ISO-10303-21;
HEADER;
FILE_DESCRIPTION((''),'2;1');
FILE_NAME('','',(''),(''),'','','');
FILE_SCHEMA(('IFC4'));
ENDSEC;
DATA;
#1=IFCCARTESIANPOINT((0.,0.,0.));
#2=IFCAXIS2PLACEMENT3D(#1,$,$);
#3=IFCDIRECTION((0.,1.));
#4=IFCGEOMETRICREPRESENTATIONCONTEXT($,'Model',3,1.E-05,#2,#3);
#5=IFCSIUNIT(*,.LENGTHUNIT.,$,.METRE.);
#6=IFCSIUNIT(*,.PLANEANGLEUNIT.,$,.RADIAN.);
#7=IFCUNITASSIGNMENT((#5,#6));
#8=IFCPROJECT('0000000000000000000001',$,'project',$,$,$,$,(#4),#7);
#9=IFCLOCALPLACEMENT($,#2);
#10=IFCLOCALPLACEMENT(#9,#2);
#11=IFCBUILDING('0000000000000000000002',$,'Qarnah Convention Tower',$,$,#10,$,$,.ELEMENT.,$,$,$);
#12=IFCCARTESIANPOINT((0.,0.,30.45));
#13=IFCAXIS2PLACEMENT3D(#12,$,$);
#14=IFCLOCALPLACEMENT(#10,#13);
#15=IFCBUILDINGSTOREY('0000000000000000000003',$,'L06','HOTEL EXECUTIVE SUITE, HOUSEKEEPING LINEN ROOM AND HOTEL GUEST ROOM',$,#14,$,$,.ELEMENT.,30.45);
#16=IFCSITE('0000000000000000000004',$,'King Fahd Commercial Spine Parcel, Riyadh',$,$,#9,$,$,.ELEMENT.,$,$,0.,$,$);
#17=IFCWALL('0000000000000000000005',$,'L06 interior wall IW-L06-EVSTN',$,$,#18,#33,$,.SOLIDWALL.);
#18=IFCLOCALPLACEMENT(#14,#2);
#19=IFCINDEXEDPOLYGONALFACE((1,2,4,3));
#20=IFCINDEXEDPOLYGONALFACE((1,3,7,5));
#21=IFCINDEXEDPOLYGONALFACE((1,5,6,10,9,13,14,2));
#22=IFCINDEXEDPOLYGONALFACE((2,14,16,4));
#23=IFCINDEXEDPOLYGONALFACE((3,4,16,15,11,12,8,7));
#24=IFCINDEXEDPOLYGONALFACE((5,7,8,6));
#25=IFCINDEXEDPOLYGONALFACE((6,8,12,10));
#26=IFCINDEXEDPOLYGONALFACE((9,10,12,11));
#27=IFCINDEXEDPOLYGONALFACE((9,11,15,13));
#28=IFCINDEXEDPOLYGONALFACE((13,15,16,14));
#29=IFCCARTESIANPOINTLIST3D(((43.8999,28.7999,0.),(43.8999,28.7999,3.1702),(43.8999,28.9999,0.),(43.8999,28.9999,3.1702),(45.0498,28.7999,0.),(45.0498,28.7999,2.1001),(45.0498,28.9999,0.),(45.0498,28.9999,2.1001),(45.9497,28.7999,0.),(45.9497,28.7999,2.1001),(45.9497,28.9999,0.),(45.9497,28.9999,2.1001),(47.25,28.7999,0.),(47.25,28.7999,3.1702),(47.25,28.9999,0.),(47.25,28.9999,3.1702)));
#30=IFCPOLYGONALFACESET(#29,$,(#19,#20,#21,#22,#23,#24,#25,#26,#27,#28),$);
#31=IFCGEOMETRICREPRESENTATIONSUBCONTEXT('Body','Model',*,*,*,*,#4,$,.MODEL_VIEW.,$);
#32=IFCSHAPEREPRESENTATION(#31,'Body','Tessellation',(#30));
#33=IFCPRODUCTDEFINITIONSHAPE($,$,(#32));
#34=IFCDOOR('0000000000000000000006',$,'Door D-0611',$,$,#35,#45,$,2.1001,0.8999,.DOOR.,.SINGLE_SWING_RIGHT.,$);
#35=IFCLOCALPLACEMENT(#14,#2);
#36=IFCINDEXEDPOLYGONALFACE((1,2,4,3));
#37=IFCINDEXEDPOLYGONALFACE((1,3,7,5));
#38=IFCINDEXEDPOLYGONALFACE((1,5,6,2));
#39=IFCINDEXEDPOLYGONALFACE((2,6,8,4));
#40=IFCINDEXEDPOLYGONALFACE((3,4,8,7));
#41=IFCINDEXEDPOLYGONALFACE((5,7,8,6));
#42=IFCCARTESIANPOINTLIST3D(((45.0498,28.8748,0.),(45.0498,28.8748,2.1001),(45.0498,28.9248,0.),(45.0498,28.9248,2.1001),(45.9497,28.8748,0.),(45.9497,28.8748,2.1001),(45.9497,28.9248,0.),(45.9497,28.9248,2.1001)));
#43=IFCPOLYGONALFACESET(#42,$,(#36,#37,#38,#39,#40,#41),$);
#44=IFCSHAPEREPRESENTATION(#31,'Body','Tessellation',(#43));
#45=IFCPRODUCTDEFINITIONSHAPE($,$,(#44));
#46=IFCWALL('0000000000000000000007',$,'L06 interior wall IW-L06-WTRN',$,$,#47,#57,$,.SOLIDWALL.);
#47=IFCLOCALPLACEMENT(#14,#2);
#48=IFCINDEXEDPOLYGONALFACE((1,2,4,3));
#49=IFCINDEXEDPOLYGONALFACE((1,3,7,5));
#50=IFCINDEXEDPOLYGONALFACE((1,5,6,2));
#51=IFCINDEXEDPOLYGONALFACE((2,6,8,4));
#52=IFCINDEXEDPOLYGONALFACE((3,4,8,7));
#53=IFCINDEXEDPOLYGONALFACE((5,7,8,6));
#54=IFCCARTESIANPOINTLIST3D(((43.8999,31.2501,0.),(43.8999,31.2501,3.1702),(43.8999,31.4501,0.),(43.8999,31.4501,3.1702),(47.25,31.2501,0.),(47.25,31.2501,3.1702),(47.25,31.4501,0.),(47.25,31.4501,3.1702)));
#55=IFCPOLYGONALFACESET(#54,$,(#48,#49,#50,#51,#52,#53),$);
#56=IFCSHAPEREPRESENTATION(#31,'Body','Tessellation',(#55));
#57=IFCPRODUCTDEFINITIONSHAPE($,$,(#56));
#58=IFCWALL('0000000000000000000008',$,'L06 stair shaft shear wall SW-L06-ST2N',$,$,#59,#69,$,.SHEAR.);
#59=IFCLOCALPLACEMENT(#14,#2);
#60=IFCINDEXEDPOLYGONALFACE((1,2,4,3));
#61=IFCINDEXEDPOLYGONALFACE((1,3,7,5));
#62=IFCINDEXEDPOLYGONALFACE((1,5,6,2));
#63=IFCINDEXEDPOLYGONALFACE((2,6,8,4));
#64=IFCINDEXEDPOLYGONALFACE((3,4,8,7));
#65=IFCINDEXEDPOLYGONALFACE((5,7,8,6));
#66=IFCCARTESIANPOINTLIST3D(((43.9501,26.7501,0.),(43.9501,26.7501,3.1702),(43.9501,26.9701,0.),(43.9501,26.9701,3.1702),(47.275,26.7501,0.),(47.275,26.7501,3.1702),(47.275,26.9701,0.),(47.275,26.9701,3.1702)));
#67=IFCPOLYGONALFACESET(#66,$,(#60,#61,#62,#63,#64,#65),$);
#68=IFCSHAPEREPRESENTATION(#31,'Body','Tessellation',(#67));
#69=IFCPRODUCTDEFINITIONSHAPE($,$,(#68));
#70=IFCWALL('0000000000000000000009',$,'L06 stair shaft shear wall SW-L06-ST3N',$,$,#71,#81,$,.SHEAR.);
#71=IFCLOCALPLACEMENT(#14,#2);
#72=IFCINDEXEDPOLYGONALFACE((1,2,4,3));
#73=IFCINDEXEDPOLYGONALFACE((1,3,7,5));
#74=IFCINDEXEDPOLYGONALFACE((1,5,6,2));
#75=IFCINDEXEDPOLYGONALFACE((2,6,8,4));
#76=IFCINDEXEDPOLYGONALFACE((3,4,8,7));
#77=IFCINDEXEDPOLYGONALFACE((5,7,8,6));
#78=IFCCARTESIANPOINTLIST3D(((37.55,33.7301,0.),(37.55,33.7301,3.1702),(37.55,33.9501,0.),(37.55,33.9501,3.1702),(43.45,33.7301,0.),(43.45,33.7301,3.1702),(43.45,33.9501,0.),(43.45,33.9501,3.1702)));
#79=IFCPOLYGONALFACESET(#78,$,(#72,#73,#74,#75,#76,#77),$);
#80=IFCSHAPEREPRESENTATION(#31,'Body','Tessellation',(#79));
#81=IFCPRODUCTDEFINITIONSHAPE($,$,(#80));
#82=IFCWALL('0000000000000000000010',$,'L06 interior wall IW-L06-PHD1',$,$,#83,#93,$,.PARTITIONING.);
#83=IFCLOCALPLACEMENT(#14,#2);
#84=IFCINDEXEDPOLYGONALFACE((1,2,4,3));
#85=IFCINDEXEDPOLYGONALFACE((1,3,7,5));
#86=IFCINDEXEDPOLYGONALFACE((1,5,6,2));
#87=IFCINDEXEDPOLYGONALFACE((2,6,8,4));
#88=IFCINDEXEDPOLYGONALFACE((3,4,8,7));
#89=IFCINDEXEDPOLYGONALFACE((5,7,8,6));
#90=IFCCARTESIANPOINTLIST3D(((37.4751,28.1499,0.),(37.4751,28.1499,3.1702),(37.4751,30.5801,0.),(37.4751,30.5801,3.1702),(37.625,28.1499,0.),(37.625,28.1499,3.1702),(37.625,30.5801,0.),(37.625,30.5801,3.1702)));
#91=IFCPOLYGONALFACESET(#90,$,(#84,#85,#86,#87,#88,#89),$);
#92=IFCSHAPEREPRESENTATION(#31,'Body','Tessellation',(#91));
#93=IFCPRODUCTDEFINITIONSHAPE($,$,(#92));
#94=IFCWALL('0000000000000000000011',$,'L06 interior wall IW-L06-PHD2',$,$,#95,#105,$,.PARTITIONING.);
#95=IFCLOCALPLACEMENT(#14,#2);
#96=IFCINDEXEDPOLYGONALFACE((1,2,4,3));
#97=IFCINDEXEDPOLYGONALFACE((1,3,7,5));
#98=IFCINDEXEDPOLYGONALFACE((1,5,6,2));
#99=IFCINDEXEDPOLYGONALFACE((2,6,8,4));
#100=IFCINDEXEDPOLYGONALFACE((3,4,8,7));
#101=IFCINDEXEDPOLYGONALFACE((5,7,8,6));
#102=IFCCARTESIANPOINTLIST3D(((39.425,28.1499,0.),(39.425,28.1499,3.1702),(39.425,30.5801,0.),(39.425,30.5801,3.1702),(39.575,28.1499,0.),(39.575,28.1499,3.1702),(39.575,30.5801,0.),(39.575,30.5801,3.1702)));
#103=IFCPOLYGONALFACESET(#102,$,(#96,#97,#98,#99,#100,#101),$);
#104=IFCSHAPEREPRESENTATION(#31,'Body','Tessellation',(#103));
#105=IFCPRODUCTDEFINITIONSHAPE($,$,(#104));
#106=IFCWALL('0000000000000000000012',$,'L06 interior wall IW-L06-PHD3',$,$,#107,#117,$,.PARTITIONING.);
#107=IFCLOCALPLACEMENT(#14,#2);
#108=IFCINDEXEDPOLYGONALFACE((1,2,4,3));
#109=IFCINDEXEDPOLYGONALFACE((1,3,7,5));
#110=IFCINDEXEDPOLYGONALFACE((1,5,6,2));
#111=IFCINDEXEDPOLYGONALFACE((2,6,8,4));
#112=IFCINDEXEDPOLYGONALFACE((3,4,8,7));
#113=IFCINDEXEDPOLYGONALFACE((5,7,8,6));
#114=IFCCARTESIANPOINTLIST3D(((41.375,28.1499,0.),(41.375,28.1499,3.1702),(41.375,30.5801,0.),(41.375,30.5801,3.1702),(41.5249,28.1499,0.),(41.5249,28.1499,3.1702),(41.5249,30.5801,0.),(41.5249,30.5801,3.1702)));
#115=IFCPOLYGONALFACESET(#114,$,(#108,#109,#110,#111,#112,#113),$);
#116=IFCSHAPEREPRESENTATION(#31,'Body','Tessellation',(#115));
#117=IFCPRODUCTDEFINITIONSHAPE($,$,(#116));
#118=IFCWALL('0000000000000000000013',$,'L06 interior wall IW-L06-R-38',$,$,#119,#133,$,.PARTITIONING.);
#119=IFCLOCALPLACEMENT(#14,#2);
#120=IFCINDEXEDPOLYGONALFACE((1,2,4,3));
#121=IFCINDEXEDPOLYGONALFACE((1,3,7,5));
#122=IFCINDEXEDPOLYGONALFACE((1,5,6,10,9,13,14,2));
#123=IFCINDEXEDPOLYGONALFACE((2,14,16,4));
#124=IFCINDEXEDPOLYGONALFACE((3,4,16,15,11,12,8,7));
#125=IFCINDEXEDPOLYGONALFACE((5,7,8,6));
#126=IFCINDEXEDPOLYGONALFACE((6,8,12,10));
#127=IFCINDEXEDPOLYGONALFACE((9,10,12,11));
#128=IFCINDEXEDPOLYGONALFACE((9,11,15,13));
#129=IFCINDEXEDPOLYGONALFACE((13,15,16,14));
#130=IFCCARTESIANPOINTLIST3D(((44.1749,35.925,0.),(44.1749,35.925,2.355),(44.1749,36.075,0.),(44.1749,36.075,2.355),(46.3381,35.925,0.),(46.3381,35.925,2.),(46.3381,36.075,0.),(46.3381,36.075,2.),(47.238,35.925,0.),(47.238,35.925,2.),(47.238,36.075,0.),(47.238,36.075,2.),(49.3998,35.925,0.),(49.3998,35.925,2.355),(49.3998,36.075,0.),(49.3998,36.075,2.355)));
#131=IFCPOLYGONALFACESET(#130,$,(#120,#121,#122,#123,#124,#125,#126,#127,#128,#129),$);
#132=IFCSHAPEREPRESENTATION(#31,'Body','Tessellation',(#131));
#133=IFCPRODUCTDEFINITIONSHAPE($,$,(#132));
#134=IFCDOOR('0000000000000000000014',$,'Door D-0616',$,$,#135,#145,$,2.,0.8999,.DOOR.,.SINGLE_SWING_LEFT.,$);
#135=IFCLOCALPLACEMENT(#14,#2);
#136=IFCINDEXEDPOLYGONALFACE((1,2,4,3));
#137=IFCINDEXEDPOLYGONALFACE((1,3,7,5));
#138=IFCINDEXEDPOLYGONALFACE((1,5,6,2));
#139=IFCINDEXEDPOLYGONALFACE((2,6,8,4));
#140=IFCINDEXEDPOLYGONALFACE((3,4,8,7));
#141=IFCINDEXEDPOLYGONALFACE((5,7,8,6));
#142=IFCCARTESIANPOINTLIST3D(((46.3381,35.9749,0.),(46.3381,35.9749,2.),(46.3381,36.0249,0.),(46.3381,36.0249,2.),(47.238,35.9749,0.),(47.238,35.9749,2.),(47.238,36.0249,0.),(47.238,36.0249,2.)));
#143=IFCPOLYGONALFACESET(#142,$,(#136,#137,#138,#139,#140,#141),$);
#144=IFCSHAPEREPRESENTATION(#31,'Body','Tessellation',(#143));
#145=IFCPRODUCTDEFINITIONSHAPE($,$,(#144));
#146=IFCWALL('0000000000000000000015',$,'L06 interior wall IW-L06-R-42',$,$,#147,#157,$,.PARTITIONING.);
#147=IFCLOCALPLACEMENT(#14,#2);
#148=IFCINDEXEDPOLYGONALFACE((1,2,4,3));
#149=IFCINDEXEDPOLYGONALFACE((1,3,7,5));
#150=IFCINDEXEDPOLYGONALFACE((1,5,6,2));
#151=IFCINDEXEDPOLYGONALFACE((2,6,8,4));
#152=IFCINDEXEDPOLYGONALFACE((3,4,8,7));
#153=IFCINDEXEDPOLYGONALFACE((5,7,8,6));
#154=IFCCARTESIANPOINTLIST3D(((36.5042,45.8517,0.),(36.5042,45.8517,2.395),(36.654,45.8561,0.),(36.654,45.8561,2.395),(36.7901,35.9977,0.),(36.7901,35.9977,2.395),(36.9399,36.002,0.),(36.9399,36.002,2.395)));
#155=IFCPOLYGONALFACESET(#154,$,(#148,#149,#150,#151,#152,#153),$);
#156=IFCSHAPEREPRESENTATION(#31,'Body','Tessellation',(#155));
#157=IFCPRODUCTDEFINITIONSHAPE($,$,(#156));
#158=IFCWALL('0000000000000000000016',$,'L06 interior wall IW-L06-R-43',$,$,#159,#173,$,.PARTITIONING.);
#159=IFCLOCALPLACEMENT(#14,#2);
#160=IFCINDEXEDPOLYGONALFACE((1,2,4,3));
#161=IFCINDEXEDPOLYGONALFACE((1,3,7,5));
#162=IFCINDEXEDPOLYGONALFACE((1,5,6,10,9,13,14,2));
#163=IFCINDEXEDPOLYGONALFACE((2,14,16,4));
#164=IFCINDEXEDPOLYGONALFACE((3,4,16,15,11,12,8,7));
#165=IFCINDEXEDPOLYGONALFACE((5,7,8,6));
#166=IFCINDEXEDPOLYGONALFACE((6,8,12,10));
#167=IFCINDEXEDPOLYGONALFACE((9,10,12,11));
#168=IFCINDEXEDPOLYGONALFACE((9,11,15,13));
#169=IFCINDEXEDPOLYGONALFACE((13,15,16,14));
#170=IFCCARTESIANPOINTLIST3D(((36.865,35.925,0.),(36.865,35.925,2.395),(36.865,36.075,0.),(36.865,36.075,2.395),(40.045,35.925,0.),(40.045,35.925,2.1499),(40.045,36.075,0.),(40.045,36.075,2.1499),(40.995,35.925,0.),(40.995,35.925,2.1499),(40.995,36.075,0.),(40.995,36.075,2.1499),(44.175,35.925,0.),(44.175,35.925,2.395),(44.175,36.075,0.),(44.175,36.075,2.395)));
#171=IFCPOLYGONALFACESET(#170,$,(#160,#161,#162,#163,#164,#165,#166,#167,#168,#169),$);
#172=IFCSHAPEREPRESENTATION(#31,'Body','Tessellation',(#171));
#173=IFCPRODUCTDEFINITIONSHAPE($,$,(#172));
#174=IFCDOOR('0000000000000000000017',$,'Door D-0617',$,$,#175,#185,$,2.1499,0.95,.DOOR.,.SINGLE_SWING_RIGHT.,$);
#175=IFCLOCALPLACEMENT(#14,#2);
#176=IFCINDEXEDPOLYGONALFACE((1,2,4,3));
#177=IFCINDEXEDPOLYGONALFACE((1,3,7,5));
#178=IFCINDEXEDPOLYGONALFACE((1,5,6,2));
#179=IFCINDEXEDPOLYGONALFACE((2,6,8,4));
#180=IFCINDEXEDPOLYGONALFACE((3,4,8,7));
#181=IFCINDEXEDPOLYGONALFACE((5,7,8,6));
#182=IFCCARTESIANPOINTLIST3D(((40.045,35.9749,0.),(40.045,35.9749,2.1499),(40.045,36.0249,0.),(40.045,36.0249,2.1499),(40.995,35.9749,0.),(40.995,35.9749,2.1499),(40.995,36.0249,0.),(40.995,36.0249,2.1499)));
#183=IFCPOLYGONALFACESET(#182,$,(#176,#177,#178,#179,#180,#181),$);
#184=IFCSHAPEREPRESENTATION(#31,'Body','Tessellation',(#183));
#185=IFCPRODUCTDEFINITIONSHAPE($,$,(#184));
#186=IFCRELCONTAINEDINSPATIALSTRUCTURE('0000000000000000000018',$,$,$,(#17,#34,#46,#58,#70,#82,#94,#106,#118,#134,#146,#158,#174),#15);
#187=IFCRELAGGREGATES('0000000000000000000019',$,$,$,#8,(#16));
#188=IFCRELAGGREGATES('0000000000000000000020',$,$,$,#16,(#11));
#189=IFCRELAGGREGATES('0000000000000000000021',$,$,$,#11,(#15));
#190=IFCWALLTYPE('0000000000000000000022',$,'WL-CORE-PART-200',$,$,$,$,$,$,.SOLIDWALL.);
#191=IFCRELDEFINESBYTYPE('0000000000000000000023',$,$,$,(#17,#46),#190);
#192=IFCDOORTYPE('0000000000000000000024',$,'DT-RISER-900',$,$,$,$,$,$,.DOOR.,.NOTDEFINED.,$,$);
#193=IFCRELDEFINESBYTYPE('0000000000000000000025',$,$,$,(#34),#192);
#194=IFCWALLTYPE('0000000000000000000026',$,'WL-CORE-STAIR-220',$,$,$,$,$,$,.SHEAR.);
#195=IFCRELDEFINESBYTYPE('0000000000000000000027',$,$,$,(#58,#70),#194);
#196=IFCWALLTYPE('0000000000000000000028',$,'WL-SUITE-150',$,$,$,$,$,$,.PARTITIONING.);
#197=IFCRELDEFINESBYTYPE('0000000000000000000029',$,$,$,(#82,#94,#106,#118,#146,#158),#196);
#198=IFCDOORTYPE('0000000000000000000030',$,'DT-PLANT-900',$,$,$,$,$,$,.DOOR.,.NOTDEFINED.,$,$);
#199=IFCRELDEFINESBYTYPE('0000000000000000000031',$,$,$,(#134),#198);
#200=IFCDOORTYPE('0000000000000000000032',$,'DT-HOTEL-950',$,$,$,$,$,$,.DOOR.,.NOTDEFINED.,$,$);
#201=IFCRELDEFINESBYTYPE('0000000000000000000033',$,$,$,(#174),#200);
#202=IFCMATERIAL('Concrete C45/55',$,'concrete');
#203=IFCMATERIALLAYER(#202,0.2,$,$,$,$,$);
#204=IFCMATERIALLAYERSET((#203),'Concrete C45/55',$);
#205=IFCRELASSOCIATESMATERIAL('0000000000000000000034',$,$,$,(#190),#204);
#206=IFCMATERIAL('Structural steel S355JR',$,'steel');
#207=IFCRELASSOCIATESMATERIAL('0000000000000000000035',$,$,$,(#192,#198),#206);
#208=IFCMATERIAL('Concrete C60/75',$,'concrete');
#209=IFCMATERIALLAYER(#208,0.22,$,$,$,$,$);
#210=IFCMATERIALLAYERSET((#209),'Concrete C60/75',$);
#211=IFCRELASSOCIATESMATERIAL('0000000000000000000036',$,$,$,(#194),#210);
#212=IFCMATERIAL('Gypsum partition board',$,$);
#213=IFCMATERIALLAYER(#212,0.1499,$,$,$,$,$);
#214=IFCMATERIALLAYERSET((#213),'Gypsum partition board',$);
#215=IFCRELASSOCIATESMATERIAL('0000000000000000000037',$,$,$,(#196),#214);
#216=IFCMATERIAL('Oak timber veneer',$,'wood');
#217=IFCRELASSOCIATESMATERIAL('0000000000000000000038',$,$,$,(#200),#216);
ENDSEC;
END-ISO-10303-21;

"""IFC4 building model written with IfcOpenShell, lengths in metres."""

from ifc_helpers import new_model, si_unit, direction, frame, frame_2d, origin, place, context, subcontext, project, spatial, rectangle, extrude, material, layer, layer_set, type_object, element, fill, save


model = new_model("IFC4")

# Units and contexts
model_context = context("Model", 3, precision=1e-05, world=origin(), true_north=direction((0.0, 1.0)))
body_context = subcontext(model_context, "Body", "Model", "MODEL_VIEW")
ifc_project = project(units=[si_unit("LENGTHUNIT", "METRE"), si_unit("PLANEANGLEUNIT", "RADIAN")], contexts=[model_context])

# Site, building, storey
site_placement = place(None, origin())
site = spatial("IfcSite", under=ifc_project, at=site_placement, Name="King Fahd Commercial Spine Parcel, Riyadh", CompositionType="ELEMENT", RefElevation=0.0)
building_placement = place(site_placement, origin())
building = spatial("IfcBuilding", under=site, at=building_placement, Name="Qarnah Convention Tower", CompositionType="ELEMENT")
storey_placement = place(building_placement, frame((0.0, 0.0, 30.45)))
storey = spatial("IfcBuildingStorey", under=building, at=storey_placement, Name="L06", Description="HOTEL EXECUTIVE SUITE, HOUSEKEEPING LINEN ROOM AND HOTEL GUEST ROOM", CompositionType="ELEMENT", Elevation=30.45)

# Shared definitions
ifc_material_1 = material(Name="Concrete C60/75", Category="concrete")

# Shared definitions
ifc_material_2 = material(Name="Structural steel S355JR", Category="steel")

# Wall, opening, door
ifc_material_3 = material(Name="Concrete C45/55", Category="concrete")
ifc_layer_1 = layer(ifc_material_3, 0.2)
ifc_layer_set_1 = layer_set([ifc_layer_1], Name="Concrete C45/55")
wall_type_1 = type_object("IfcWallType", Name="WL-CORE-PART-200", PredefinedType="SOLIDWALL", material=ifc_layer_set_1)
wall_1_placement = place(storey_placement, frame((43.8999, 28.8999, 0.0), z_axis=(0.0, 0.0, 1.0), x_axis=(1.0, 0.0, 0.0)))
wall_1 = element("IfcWall", 1, at=wall_1_placement, inside=storey, type_object=wall_type_1, Name="L06 interior wall IW-L06-EVSTN", PredefinedType="SOLIDWALL", context=body_context, shape_type="SweptSolid", body=[
    extrude(rectangle(XDim=3.3501, YDim=0.2, at=frame_2d((1.675, 0.0))), origin(), (0.0, 0.0, 1.0), 3.1702),
])
opening_1_placement = place(wall_1_placement, frame((1.1499, 0.0, 0.0)))
opening_1 = element("IfcOpeningElement", 2, at=opening_1_placement, cuts=wall_1, PredefinedType="OPENING", context=body_context, shape_type="SweptSolid", body=[
    extrude(rectangle(XDim=0.8999, YDim=2.1001, at=frame_2d((0.45, 1.05))), frame((0.0, 0.1099, 0.0), z_axis=(0.0, -1.0, 0.0), x_axis=(1.0, 0.0, 0.0)), (0.0, 0.0, 1.0), 0.22),
])
door_type_1 = type_object("IfcDoorType", Name="DT-RISER-900", OperationType="NOTDEFINED", PredefinedType="DOOR", material=ifc_material_2)
door_1_placement = place(opening_1_placement, origin())
door_1 = element("IfcDoor", 3, at=door_1_placement, inside=storey, type_object=door_type_1, Name="Door D-0611", OperationType="SINGLE_SWING_RIGHT", OverallHeight=2.1001, OverallWidth=0.8999, PredefinedType="DOOR", context=body_context, shape_type="SweptSolid", body=[
    extrude(rectangle(XDim=0.8999, YDim=2.1001, at=frame_2d((0.45, 1.05))), frame((0.0, 0.0249, 0.0), z_axis=(0.0, -1.0, 0.0), x_axis=(1.0, 0.0, 0.0)), (0.0, 0.0, 1.0), 0.05),
])
fill(opening_1, door_1)

# Walls
wall_2_placement = place(storey_placement, frame((43.8999, 31.3501, 0.0), z_axis=(0.0, 0.0, 1.0), x_axis=(1.0, 0.0, 0.0)))
element("IfcWall", 4, at=wall_2_placement, inside=storey, type_object=wall_type_1, Name="L06 interior wall IW-L06-WTRN", PredefinedType="SOLIDWALL", context=body_context, shape_type="SweptSolid", body=[
    extrude(rectangle(XDim=3.3501, YDim=0.2, at=frame_2d((1.675, 0.0))), origin(), (0.0, 0.0, 1.0), 3.1702),
])
ifc_layer_2 = layer(ifc_material_1, 0.22)
ifc_layer_set_2 = layer_set([ifc_layer_2], Name="Concrete C60/75")
wall_type_2 = type_object("IfcWallType", Name="WL-CORE-STAIR-220", PredefinedType="SHEAR", material=ifc_layer_set_2)
wall_3_placement = place(storey_placement, frame((43.95, 26.8601, 0.0), z_axis=(0.0, 0.0, 1.0), x_axis=(1.0, 0.0, 0.0)))
element("IfcWall", 5, at=wall_3_placement, inside=storey, type_object=wall_type_2, Name="L06 stair shaft shear wall SW-L06-ST2N", PredefinedType="SHEAR", context=body_context, shape_type="SweptSolid", body=[
    extrude(rectangle(XDim=3.325, YDim=0.22, at=frame_2d((1.6626, 0.0))), origin(), (0.0, 0.0, 1.0), 3.1702),
])
wall_4_placement = place(storey_placement, frame((37.55, 33.8401, 0.0), z_axis=(0.0, 0.0, 1.0), x_axis=(1.0, 0.0, 0.0)))
element("IfcWall", 6, at=wall_4_placement, inside=storey, type_object=wall_type_2, Name="L06 stair shaft shear wall SW-L06-ST3N", PredefinedType="SHEAR", context=body_context, shape_type="SweptSolid", body=[
    extrude(rectangle(XDim=5.8999, YDim=0.22, at=frame_2d((2.95, 0.0))), origin(), (0.0, 0.0, 1.0), 3.1702),
])
ifc_material_4 = material(Name="Gypsum partition board")
ifc_layer_3 = layer(ifc_material_4, 0.1499)
ifc_layer_set_3 = layer_set([ifc_layer_3], Name="Gypsum partition board")
wall_type_3 = type_object("IfcWallType", Name="WL-SUITE-150", PredefinedType="PARTITIONING", material=ifc_layer_set_3)
for number, where, z_axis, x_axis, name in (
    (7, (37.55, 28.1499, 0.0), (0.0, 0.0, 1.0), (0.0, 1.0, 0.0), "L06 interior wall IW-L06-PHD1"),
    (8, (39.5, 28.1499, 0.0), (0.0, 0.0, 1.0), (0.0, 1.0, 0.0), "L06 interior wall IW-L06-PHD2"),
    (9, (41.45, 28.1499, 0.0), (0.0, 0.0, 1.0), (0.0, 1.0, 0.0), "L06 interior wall IW-L06-PHD3"),
):
    element("IfcWall", number, at=place(storey_placement, frame(where, z_axis=z_axis, x_axis=x_axis)), inside=storey, type_object=wall_type_3, Name=name, PredefinedType="PARTITIONING", context=body_context, shape_type="SweptSolid", body=[
        extrude(rectangle(XDim=2.4302, YDim=0.1499, at=frame_2d((1.2151, 0.0))), origin(), (0.0, 0.0, 1.0), 3.1702),
    ])

# Wall, opening, door
wall_5_placement = place(storey_placement, frame((44.175, 36.0, 0.0), z_axis=(0.0, 0.0, 1.0), x_axis=(1.0, 0.0, 0.0)))
wall_5 = element("IfcWall", 10, at=wall_5_placement, inside=storey, type_object=wall_type_3, Name="L06 interior wall IW-L06-R-38", PredefinedType="PARTITIONING", context=body_context, shape_type="SweptSolid", body=[
    extrude(rectangle(XDim=5.2249, YDim=0.1499, at=frame_2d((2.6123, 0.0))), origin(), (0.0, 0.0, 1.0), 2.355),
])
opening_2_placement = place(wall_5_placement, frame((2.1631, 0.0, 0.0)))
opening_2 = element("IfcOpeningElement", 11, at=opening_2_placement, cuts=wall_5, PredefinedType="OPENING", context=body_context, shape_type="SweptSolid", body=[
    extrude(rectangle(XDim=0.8999, YDim=2.0, at=frame_2d((0.45, 1.0))), frame((0.0, 0.085, 0.0), z_axis=(0.0, -1.0, 0.0), x_axis=(1.0, 0.0, 0.0)), (0.0, 0.0, 1.0), 0.1699),
])
door_type_2 = type_object("IfcDoorType", Name="DT-PLANT-900", OperationType="NOTDEFINED", PredefinedType="DOOR", material=ifc_material_2)
door_2_placement = place(opening_2_placement, origin())
door_2 = element("IfcDoor", 12, at=door_2_placement, inside=storey, type_object=door_type_2, Name="Door D-0616", OperationType="SINGLE_SWING_LEFT", OverallHeight=2.0, OverallWidth=0.8999, PredefinedType="DOOR", context=body_context, shape_type="SweptSolid", body=[
    extrude(rectangle(XDim=0.8999, YDim=2.0, at=frame_2d((0.45, 1.0))), frame((0.0, 0.0249, 0.0), z_axis=(0.0, -1.0, 0.0), x_axis=(1.0, 0.0, 0.0)), (0.0, 0.0, 1.0), 0.05),
])
fill(opening_2, door_2)

# Wall
wall_6_placement = place(storey_placement, frame((36.5791, 45.854, 0.0), z_axis=(0.0, 0.0, 1.0), x_axis=(0.029, -0.999579, 0.0)))
element("IfcWall", 13, at=wall_6_placement, inside=storey, type_object=wall_type_3, Name="L06 interior wall IW-L06-R-42", PredefinedType="PARTITIONING", context=body_context, shape_type="SweptSolid", body=[
    extrude(rectangle(XDim=9.8582, YDim=0.1499, at=frame_2d((4.9292, 0.0))), origin(), (0.0, 0.0, 1.0), 2.395),
])

# Wall, opening, door
wall_7_placement = place(storey_placement, frame((36.865, 36.0, 0.0), z_axis=(0.0, 0.0, 1.0), x_axis=(1.0, 0.0, 0.0)))
wall_7 = element("IfcWall", 14, at=wall_7_placement, inside=storey, type_object=wall_type_3, Name="L06 interior wall IW-L06-R-43", PredefinedType="PARTITIONING", context=body_context, shape_type="SweptSolid", body=[
    extrude(rectangle(XDim=7.3101, YDim=0.1499, at=frame_2d((3.655, 0.0))), origin(), (0.0, 0.0, 1.0), 2.395),
])
opening_3_placement = place(wall_7_placement, frame((3.1799, 0.0, 0.0)))
opening_3 = element("IfcOpeningElement", 15, at=opening_3_placement, cuts=wall_7, PredefinedType="OPENING", context=body_context, shape_type="SweptSolid", body=[
    extrude(rectangle(XDim=0.95, YDim=2.1499, at=frame_2d((0.4751, 1.075))), frame((0.0, 0.085, 0.0), z_axis=(0.0, -1.0, 0.0), x_axis=(1.0, 0.0, 0.0)), (0.0, 0.0, 1.0), 0.1699),
])
ifc_material_5 = material(Name="Oak timber veneer", Category="wood")
door_type_3 = type_object("IfcDoorType", Name="DT-HOTEL-950", OperationType="NOTDEFINED", PredefinedType="DOOR", material=ifc_material_5)
door_3_placement = place(opening_3_placement, origin())
door_3 = element("IfcDoor", 16, at=door_3_placement, inside=storey, type_object=door_type_3, Name="Door D-0617", OperationType="SINGLE_SWING_RIGHT", OverallHeight=2.1499, OverallWidth=0.95, PredefinedType="DOOR", context=body_context, shape_type="SweptSolid", body=[
    extrude(rectangle(XDim=0.95, YDim=2.1499, at=frame_2d((0.4751, 1.075))), frame((0.0, 0.0249, 0.0), z_axis=(0.0, -1.0, 0.0), x_axis=(1.0, 0.0, 0.0)), (0.0, 0.0, 1.0), 0.05),
])
fill(opening_3, door_3)

save(model, "model.ifc")
